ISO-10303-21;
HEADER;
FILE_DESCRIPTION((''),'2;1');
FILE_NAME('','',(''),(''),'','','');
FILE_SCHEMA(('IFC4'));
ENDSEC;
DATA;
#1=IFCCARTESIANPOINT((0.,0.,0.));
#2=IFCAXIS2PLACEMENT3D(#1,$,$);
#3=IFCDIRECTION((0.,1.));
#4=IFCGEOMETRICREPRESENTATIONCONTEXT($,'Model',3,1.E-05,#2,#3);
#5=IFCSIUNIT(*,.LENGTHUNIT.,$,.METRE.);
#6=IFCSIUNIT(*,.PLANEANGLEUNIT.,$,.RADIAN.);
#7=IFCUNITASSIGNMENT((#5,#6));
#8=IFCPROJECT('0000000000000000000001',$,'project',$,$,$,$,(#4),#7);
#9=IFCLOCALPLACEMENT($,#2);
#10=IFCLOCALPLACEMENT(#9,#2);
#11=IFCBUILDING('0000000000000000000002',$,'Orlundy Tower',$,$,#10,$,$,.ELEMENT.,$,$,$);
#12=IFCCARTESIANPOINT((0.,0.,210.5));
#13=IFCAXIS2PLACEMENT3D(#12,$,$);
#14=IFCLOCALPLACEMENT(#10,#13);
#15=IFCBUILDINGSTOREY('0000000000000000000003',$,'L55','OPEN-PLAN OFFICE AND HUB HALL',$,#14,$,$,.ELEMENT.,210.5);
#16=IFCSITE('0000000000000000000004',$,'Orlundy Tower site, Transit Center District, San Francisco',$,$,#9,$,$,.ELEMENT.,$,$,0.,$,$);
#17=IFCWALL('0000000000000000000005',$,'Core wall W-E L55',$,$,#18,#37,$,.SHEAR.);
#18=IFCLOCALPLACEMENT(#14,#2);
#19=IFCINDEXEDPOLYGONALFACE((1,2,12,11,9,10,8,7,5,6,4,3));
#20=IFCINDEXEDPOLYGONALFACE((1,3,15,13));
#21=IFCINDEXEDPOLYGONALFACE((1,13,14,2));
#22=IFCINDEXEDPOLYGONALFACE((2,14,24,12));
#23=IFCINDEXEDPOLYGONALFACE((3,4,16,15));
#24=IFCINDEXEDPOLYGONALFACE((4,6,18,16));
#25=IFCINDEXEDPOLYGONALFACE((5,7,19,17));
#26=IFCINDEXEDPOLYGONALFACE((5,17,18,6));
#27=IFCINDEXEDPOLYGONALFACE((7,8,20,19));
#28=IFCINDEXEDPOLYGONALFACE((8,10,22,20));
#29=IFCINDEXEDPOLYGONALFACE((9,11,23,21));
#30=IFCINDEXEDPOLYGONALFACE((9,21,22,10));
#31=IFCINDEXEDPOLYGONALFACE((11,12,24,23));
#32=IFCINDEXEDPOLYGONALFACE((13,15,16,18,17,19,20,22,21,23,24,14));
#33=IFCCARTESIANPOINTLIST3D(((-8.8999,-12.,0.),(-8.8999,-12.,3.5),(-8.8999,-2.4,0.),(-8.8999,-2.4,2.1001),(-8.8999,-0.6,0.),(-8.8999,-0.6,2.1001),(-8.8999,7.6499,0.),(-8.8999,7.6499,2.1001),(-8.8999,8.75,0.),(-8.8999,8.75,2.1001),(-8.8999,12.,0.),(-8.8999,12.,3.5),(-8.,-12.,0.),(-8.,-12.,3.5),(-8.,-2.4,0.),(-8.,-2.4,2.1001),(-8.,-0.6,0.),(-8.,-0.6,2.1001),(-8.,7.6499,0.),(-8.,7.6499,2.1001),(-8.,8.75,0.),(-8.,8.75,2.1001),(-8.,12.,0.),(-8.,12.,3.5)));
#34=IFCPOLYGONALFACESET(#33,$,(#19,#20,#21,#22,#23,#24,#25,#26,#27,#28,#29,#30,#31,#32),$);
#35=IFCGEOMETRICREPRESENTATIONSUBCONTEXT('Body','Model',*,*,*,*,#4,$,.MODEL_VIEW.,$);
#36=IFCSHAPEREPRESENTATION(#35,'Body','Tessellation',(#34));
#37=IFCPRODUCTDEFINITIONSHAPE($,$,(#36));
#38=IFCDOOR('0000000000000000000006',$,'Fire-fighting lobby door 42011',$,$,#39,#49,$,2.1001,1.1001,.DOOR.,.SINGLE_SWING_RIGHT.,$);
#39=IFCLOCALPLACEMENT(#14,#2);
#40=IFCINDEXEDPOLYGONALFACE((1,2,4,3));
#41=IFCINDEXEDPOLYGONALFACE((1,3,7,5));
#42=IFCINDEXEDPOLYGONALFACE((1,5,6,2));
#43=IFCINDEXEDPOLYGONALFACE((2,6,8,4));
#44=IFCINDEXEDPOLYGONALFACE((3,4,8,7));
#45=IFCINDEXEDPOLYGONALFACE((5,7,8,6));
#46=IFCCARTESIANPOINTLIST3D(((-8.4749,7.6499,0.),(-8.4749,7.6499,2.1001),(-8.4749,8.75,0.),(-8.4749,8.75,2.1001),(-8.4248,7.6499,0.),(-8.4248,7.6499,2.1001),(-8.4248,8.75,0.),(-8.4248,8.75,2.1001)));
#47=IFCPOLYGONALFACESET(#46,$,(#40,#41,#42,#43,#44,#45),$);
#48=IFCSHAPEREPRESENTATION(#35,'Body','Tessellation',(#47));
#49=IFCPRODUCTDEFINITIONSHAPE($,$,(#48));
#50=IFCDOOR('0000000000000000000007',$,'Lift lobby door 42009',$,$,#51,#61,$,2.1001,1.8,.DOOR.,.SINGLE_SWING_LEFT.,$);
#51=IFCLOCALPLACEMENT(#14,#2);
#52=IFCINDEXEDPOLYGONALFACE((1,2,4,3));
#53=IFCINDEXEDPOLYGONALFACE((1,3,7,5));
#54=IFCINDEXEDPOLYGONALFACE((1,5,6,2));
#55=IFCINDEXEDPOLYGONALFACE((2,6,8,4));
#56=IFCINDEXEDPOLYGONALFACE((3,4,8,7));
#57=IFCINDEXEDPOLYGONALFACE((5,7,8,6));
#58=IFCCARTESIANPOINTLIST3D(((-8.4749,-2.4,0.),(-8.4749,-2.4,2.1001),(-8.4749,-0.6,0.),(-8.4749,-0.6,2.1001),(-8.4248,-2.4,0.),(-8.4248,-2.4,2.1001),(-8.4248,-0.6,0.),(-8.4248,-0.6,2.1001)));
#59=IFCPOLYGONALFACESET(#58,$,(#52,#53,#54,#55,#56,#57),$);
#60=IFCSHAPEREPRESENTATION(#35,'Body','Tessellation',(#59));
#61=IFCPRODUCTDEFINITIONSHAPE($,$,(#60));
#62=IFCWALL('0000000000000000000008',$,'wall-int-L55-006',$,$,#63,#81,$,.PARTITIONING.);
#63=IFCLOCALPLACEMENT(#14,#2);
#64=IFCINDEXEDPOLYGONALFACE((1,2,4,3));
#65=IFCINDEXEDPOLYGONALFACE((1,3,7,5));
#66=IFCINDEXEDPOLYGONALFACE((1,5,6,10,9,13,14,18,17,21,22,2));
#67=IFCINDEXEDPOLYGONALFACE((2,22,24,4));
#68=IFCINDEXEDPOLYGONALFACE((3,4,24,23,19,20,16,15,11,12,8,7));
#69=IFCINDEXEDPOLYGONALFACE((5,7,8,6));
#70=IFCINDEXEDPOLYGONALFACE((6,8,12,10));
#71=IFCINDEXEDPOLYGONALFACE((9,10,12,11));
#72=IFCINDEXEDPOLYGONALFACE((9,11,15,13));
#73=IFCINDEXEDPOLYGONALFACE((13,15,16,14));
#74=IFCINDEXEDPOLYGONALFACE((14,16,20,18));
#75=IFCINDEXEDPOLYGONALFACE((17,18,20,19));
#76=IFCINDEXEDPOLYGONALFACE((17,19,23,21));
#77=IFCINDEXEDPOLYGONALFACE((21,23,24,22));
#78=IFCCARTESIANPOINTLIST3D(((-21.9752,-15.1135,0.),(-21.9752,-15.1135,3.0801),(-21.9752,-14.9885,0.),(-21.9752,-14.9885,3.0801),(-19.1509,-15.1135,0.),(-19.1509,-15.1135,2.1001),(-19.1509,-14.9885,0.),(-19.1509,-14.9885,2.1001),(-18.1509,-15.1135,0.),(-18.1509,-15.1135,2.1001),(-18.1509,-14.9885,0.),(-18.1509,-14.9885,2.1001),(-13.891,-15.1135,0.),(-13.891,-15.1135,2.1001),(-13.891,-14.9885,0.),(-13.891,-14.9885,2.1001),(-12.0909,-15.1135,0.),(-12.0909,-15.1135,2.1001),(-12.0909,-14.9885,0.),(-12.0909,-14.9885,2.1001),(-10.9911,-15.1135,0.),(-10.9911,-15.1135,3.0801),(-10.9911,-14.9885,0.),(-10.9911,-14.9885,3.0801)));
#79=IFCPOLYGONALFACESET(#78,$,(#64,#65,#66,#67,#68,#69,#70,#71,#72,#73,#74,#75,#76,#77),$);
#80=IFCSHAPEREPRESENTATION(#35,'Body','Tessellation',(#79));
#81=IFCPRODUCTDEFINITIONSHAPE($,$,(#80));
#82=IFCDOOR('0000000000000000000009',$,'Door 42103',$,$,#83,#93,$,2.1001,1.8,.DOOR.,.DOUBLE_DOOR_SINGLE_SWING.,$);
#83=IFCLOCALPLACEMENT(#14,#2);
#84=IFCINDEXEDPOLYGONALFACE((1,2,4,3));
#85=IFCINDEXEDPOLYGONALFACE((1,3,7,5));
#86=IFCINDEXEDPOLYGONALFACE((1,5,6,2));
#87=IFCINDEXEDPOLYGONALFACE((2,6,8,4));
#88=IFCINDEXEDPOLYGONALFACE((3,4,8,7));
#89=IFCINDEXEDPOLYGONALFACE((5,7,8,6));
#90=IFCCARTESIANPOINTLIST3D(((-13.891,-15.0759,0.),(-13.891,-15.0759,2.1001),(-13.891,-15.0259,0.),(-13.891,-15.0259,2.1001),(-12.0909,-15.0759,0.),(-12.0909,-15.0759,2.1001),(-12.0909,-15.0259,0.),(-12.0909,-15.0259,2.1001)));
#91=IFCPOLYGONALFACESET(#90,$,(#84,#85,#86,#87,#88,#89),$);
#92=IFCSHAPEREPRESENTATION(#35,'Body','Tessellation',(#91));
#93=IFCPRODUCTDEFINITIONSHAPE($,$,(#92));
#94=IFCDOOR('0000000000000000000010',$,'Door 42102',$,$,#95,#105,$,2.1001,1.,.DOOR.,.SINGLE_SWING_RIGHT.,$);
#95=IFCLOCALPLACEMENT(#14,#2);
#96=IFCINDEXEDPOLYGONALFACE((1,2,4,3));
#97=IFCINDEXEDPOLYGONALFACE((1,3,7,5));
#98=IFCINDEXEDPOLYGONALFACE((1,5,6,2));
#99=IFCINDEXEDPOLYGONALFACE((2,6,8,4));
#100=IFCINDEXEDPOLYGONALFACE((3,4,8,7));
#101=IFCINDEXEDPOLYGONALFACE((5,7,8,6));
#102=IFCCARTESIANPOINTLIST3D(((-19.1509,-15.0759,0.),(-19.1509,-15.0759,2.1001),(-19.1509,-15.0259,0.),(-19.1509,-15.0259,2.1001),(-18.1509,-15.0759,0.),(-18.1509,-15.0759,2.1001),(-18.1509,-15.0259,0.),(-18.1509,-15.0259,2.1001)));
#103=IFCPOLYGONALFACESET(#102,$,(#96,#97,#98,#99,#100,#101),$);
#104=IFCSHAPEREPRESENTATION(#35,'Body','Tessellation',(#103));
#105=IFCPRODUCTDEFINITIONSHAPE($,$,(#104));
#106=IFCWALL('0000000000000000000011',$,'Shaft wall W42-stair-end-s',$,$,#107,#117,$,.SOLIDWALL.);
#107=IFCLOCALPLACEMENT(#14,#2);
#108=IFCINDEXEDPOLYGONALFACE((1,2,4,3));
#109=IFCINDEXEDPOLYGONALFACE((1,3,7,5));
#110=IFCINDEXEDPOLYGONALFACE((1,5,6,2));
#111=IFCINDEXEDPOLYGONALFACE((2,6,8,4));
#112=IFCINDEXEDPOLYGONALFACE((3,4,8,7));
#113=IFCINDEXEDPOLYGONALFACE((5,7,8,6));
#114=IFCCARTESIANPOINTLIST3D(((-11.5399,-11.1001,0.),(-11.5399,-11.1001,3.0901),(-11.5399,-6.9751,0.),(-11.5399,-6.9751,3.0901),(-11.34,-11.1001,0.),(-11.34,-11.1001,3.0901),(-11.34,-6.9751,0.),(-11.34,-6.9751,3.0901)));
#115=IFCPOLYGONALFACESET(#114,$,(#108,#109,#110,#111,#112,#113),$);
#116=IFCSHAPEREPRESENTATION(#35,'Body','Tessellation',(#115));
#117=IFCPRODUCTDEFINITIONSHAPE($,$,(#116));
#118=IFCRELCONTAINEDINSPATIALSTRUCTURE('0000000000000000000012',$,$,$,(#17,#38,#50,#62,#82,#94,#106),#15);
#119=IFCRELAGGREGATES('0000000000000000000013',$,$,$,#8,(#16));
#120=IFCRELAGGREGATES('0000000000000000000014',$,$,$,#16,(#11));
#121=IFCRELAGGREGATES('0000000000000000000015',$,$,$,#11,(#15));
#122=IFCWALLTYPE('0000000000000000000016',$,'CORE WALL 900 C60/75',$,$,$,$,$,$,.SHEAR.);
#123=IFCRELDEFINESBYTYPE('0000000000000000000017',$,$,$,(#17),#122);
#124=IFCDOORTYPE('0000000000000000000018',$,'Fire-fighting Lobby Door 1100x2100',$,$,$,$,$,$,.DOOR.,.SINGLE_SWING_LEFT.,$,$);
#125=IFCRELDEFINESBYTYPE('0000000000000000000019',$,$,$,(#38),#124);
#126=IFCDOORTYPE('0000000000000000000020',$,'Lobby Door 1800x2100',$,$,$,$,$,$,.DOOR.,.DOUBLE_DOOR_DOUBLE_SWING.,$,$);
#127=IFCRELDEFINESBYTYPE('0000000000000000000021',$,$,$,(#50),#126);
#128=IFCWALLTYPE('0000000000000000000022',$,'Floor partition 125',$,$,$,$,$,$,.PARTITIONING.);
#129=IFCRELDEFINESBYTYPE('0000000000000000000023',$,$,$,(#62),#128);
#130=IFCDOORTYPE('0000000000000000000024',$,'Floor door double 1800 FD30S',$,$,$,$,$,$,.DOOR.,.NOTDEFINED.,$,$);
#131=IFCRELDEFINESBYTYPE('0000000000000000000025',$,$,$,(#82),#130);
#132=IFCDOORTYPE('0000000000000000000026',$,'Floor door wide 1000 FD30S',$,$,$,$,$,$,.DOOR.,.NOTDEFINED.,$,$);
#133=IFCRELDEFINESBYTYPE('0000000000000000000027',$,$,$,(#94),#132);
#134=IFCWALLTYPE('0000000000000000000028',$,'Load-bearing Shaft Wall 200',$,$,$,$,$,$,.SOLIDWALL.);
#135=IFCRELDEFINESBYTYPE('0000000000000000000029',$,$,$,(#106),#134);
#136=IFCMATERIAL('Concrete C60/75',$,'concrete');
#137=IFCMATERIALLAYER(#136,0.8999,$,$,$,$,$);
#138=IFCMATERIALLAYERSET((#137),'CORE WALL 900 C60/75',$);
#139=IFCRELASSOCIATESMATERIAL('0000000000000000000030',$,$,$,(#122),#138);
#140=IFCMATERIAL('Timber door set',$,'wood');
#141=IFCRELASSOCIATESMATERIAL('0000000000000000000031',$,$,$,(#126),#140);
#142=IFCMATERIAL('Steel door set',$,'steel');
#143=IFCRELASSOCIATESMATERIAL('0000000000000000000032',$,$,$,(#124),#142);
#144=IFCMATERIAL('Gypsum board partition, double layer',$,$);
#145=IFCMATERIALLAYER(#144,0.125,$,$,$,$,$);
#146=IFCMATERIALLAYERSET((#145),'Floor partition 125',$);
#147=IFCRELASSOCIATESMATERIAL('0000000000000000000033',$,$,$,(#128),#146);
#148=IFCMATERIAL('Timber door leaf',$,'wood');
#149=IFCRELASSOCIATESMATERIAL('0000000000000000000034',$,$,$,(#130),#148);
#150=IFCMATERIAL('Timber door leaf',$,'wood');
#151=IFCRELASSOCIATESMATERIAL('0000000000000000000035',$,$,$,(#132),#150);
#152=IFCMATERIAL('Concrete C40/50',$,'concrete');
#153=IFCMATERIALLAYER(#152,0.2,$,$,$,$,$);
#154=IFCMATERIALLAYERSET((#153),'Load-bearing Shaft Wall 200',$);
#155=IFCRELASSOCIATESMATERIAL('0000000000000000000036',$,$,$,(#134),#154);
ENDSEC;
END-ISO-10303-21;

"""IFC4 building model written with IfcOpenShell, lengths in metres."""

from ifc_helpers import new_model, si_unit, direction, frame, frame_2d, origin, place, context, subcontext, project, spatial, rectangle, extrude, material, layer, layer_set, type_object, element, fill, save


model = new_model("IFC4")

# Units and contexts
model_context = context("Model", 3, precision=1e-05, world=origin(), true_north=direction((0.0, 1.0)))
body_context = subcontext(model_context, "Body", "Model", "MODEL_VIEW")
ifc_project = project(units=[si_unit("LENGTHUNIT", "METRE"), si_unit("PLANEANGLEUNIT", "RADIAN")], contexts=[model_context])

# Site, building, storey
site_placement = place(None, origin())
site = spatial("IfcSite", under=ifc_project, at=site_placement, Name="Orlundy Tower site, Transit Center District, San Francisco", CompositionType="ELEMENT", RefElevation=0.0)
building_placement = place(site_placement, origin())
building = spatial("IfcBuilding", under=site, at=building_placement, Name="Orlundy Tower", CompositionType="ELEMENT")
storey_placement = place(building_placement, frame((0.0, 0.0, 210.5)))
storey = spatial("IfcBuildingStorey", under=building, at=storey_placement, Name="L55", Description="OPEN-PLAN OFFICE AND HUB HALL", CompositionType="ELEMENT", Elevation=210.5)

# Shared definitions
ifc_material_1 = material(Name="Concrete C60/75", Category="concrete")
ifc_layer_1 = layer(ifc_material_1, 0.8999)
ifc_layer_set_1 = layer_set([ifc_layer_1], Name="CORE WALL 900 C60/75")
wall_type_1 = type_object("IfcWallType", Name="CORE WALL 900 C60/75", PredefinedType="SHEAR", material=ifc_layer_set_1)

# Shared definitions
ifc_material_2 = material(Name="Timber door set", Category="wood")
door_type_1 = type_object("IfcDoorType", Name="Lobby Door 1800x2100", OperationType="DOUBLE_DOOR_DOUBLE_SWING", PredefinedType="DOOR", material=ifc_material_2)

# Walls, openings, doors
wall_1_placement = place(storey_placement, frame((-8.45, -12.0, 0.0), z_axis=(0.0, 0.0, 1.0), x_axis=(0.0, 1.0, 0.0)))
wall_1 = element("IfcWall", 1, at=wall_1_placement, inside=storey, type_object=wall_type_1, Name="Core wall W-E L55", PredefinedType="SHEAR", context=body_context, shape_type="SweptSolid", body=[
    extrude(rectangle(XDim=24.0, YDim=0.8999, at=frame_2d((12.0, 0.0))), origin(), (0.0, 0.0, 1.0), 3.5),
])
opening_1_placement = place(wall_1_placement, frame((9.6001, 0.0, 0.0)))
opening_1 = element("IfcOpeningElement", 2, at=opening_1_placement, cuts=wall_1, PredefinedType="OPENING", context=body_context, shape_type="SweptSolid", body=[
    extrude(rectangle(XDim=1.8, YDim=2.1001, at=frame_2d((0.8999, 1.05))), frame((0.0, 0.46, 0.0), z_axis=(0.0, -1.0, 0.0), x_axis=(1.0, 0.0, 0.0)), (0.0, 0.0, 1.0), 0.9199),
])
opening_2_placement = place(wall_1_placement, frame((19.6499, 0.0, 0.0)))
opening_2 = element("IfcOpeningElement", 3, at=opening_2_placement, cuts=wall_1, PredefinedType="OPENING", context=body_context, shape_type="SweptSolid", body=[
    extrude(rectangle(XDim=1.1001, YDim=2.1001, at=frame_2d((0.55, 1.05))), frame((0.0, 0.46, 0.0), z_axis=(0.0, -1.0, 0.0), x_axis=(1.0, 0.0, 0.0)), (0.0, 0.0, 1.0), 0.9199),
])
ifc_material_3 = material(Name="Steel door set", Category="steel")
door_type_2 = type_object("IfcDoorType", Name="Fire-fighting Lobby Door 1100x2100", OperationType="SINGLE_SWING_LEFT", PredefinedType="DOOR", material=ifc_material_3)
door_1_placement = place(opening_2_placement, origin())
door_1 = element("IfcDoor", 4, at=door_1_placement, inside=storey, type_object=door_type_2, Name="Fire-fighting lobby door 42011", OperationType="SINGLE_SWING_RIGHT", OverallHeight=2.1001, OverallWidth=1.1001, PredefinedType="DOOR", context=body_context, shape_type="SweptSolid", body=[
    extrude(rectangle(XDim=1.1001, YDim=2.1001, at=frame_2d((0.55, 1.05))), frame((0.0, 0.0249, 0.0), z_axis=(0.0, -1.0, 0.0), x_axis=(1.0, 0.0, 0.0)), (0.0, 0.0, 1.0), 0.05),
])
fill(opening_2, door_1)
door_2_placement = place(opening_1_placement, origin())
door_2 = element("IfcDoor", 5, at=door_2_placement, inside=storey, type_object=door_type_1, Name="Lift lobby door 42009", OperationType="SINGLE_SWING_LEFT", OverallHeight=2.1001, OverallWidth=1.8, PredefinedType="DOOR", context=body_context, shape_type="SweptSolid", body=[
    extrude(rectangle(XDim=1.8, YDim=2.1001, at=frame_2d((0.8999, 1.05))), frame((0.0, 0.0249, 0.0), z_axis=(0.0, -1.0, 0.0), x_axis=(1.0, 0.0, 0.0)), (0.0, 0.0, 1.0), 0.05),
])
fill(opening_1, door_2)
ifc_material_4 = material(Name="Gypsum board partition, double layer")
ifc_layer_2 = layer(ifc_material_4, 0.125)
ifc_layer_set_2 = layer_set([ifc_layer_2], Name="Floor partition 125")
wall_type_2 = type_object("IfcWallType", Name="Floor partition 125", PredefinedType="PARTITIONING", material=ifc_layer_set_2)
wall_2_placement = place(storey_placement, frame((-10.991, -15.051, 0.0), z_axis=(0.0, 0.0, 1.0), x_axis=(-1.0, 0.0, 0.0)))
wall_2 = element("IfcWall", 6, at=wall_2_placement, inside=storey, type_object=wall_type_2, Name="wall-int-L55-006", PredefinedType="PARTITIONING", context=body_context, shape_type="SweptSolid", body=[
    extrude(rectangle(XDim=10.9841, YDim=0.125, at=frame_2d((5.4922, 0.0))), origin(), (0.0, 0.0, 1.0), 3.0801),
])
opening_3_placement = place(wall_2_placement, frame((7.1599, 0.0, 0.0)))
opening_3 = element("IfcOpeningElement", 7, at=opening_3_placement, cuts=wall_2, PredefinedType="OPENING", context=body_context, shape_type="SweptSolid", body=[
    extrude(rectangle(XDim=1.0, YDim=2.1001, at=frame_2d((0.5, 1.05))), frame((0.0, 0.0725, 0.0), z_axis=(0.0, -1.0, 0.0), x_axis=(1.0, 0.0, 0.0)), (0.0, 0.0, 1.0), 0.145),
])
opening_4_placement = place(wall_2_placement, frame((1.1001, 0.0, 0.0)))
opening_4 = element("IfcOpeningElement", 8, at=opening_4_placement, cuts=wall_2, PredefinedType="OPENING", context=body_context, shape_type="SweptSolid", body=[
    extrude(rectangle(XDim=1.8, YDim=2.1001, at=frame_2d((0.8999, 1.05))), frame((0.0, 0.0725, 0.0), z_axis=(0.0, -1.0, 0.0), x_axis=(1.0, 0.0, 0.0)), (0.0, 0.0, 1.0), 0.145),
])
ifc_material_5 = material(Name="Timber door leaf", Category="wood")
door_type_3 = type_object("IfcDoorType", Name="Floor door double 1800 FD30S", OperationType="NOTDEFINED", PredefinedType="DOOR", material=ifc_material_5)
door_3_placement = place(opening_4_placement, origin())
door_3 = element("IfcDoor", 9, at=door_3_placement, inside=storey, type_object=door_type_3, Name="Door 42103", OperationType="DOUBLE_DOOR_SINGLE_SWING", OverallHeight=2.1001, OverallWidth=1.8, PredefinedType="DOOR", context=body_context, shape_type="SweptSolid", body=[
    extrude(rectangle(XDim=1.8, YDim=2.1001, at=frame_2d((0.8999, 1.05))), frame((0.0, 0.0249, 0.0), z_axis=(0.0, -1.0, 0.0), x_axis=(1.0, 0.0, 0.0)), (0.0, 0.0, 1.0), 0.05),
])
fill(opening_4, door_3)
ifc_material_6 = material(Name="Timber door leaf", Category="wood")
door_type_4 = type_object("IfcDoorType", Name="Floor door wide 1000 FD30S", OperationType="NOTDEFINED", PredefinedType="DOOR", material=ifc_material_6)
door_4_placement = place(opening_3_placement, origin())
door_4 = element("IfcDoor", 10, at=door_4_placement, inside=storey, type_object=door_type_4, Name="Door 42102", OperationType="SINGLE_SWING_RIGHT", OverallHeight=2.1001, OverallWidth=1.0, PredefinedType="DOOR", context=body_context, shape_type="SweptSolid", body=[
    extrude(rectangle(XDim=1.0, YDim=2.1001, at=frame_2d((0.5, 1.05))), frame((0.0, 0.0249, 0.0), z_axis=(0.0, -1.0, 0.0), x_axis=(1.0, 0.0, 0.0)), (0.0, 0.0, 1.0), 0.05),
])
fill(opening_3, door_4)

# Wall
ifc_material_7 = material(Name="Concrete C40/50", Category="concrete")
ifc_layer_3 = layer(ifc_material_7, 0.2)
ifc_layer_set_3 = layer_set([ifc_layer_3], Name="Load-bearing Shaft Wall 200")
wall_type_3 = type_object("IfcWallType", Name="Load-bearing Shaft Wall 200", PredefinedType="SOLIDWALL", material=ifc_layer_set_3)
wall_3_placement = place(storey_placement, frame((-11.4399, -11.1001, 0.0), z_axis=(0.0, 0.0, 1.0), x_axis=(0.0, 1.0, 0.0)))
element("IfcWall", 11, at=wall_3_placement, inside=storey, type_object=wall_type_3, Name="Shaft wall W42-stair-end-s", PredefinedType="SOLIDWALL", context=body_context, shape_type="SweptSolid", body=[
    extrude(rectangle(XDim=4.125, YDim=0.2, at=frame_2d((2.0625, 0.0))), origin(), (0.0, 0.0, 1.0), 3.0901),
])

save(model, "model.ifc")
